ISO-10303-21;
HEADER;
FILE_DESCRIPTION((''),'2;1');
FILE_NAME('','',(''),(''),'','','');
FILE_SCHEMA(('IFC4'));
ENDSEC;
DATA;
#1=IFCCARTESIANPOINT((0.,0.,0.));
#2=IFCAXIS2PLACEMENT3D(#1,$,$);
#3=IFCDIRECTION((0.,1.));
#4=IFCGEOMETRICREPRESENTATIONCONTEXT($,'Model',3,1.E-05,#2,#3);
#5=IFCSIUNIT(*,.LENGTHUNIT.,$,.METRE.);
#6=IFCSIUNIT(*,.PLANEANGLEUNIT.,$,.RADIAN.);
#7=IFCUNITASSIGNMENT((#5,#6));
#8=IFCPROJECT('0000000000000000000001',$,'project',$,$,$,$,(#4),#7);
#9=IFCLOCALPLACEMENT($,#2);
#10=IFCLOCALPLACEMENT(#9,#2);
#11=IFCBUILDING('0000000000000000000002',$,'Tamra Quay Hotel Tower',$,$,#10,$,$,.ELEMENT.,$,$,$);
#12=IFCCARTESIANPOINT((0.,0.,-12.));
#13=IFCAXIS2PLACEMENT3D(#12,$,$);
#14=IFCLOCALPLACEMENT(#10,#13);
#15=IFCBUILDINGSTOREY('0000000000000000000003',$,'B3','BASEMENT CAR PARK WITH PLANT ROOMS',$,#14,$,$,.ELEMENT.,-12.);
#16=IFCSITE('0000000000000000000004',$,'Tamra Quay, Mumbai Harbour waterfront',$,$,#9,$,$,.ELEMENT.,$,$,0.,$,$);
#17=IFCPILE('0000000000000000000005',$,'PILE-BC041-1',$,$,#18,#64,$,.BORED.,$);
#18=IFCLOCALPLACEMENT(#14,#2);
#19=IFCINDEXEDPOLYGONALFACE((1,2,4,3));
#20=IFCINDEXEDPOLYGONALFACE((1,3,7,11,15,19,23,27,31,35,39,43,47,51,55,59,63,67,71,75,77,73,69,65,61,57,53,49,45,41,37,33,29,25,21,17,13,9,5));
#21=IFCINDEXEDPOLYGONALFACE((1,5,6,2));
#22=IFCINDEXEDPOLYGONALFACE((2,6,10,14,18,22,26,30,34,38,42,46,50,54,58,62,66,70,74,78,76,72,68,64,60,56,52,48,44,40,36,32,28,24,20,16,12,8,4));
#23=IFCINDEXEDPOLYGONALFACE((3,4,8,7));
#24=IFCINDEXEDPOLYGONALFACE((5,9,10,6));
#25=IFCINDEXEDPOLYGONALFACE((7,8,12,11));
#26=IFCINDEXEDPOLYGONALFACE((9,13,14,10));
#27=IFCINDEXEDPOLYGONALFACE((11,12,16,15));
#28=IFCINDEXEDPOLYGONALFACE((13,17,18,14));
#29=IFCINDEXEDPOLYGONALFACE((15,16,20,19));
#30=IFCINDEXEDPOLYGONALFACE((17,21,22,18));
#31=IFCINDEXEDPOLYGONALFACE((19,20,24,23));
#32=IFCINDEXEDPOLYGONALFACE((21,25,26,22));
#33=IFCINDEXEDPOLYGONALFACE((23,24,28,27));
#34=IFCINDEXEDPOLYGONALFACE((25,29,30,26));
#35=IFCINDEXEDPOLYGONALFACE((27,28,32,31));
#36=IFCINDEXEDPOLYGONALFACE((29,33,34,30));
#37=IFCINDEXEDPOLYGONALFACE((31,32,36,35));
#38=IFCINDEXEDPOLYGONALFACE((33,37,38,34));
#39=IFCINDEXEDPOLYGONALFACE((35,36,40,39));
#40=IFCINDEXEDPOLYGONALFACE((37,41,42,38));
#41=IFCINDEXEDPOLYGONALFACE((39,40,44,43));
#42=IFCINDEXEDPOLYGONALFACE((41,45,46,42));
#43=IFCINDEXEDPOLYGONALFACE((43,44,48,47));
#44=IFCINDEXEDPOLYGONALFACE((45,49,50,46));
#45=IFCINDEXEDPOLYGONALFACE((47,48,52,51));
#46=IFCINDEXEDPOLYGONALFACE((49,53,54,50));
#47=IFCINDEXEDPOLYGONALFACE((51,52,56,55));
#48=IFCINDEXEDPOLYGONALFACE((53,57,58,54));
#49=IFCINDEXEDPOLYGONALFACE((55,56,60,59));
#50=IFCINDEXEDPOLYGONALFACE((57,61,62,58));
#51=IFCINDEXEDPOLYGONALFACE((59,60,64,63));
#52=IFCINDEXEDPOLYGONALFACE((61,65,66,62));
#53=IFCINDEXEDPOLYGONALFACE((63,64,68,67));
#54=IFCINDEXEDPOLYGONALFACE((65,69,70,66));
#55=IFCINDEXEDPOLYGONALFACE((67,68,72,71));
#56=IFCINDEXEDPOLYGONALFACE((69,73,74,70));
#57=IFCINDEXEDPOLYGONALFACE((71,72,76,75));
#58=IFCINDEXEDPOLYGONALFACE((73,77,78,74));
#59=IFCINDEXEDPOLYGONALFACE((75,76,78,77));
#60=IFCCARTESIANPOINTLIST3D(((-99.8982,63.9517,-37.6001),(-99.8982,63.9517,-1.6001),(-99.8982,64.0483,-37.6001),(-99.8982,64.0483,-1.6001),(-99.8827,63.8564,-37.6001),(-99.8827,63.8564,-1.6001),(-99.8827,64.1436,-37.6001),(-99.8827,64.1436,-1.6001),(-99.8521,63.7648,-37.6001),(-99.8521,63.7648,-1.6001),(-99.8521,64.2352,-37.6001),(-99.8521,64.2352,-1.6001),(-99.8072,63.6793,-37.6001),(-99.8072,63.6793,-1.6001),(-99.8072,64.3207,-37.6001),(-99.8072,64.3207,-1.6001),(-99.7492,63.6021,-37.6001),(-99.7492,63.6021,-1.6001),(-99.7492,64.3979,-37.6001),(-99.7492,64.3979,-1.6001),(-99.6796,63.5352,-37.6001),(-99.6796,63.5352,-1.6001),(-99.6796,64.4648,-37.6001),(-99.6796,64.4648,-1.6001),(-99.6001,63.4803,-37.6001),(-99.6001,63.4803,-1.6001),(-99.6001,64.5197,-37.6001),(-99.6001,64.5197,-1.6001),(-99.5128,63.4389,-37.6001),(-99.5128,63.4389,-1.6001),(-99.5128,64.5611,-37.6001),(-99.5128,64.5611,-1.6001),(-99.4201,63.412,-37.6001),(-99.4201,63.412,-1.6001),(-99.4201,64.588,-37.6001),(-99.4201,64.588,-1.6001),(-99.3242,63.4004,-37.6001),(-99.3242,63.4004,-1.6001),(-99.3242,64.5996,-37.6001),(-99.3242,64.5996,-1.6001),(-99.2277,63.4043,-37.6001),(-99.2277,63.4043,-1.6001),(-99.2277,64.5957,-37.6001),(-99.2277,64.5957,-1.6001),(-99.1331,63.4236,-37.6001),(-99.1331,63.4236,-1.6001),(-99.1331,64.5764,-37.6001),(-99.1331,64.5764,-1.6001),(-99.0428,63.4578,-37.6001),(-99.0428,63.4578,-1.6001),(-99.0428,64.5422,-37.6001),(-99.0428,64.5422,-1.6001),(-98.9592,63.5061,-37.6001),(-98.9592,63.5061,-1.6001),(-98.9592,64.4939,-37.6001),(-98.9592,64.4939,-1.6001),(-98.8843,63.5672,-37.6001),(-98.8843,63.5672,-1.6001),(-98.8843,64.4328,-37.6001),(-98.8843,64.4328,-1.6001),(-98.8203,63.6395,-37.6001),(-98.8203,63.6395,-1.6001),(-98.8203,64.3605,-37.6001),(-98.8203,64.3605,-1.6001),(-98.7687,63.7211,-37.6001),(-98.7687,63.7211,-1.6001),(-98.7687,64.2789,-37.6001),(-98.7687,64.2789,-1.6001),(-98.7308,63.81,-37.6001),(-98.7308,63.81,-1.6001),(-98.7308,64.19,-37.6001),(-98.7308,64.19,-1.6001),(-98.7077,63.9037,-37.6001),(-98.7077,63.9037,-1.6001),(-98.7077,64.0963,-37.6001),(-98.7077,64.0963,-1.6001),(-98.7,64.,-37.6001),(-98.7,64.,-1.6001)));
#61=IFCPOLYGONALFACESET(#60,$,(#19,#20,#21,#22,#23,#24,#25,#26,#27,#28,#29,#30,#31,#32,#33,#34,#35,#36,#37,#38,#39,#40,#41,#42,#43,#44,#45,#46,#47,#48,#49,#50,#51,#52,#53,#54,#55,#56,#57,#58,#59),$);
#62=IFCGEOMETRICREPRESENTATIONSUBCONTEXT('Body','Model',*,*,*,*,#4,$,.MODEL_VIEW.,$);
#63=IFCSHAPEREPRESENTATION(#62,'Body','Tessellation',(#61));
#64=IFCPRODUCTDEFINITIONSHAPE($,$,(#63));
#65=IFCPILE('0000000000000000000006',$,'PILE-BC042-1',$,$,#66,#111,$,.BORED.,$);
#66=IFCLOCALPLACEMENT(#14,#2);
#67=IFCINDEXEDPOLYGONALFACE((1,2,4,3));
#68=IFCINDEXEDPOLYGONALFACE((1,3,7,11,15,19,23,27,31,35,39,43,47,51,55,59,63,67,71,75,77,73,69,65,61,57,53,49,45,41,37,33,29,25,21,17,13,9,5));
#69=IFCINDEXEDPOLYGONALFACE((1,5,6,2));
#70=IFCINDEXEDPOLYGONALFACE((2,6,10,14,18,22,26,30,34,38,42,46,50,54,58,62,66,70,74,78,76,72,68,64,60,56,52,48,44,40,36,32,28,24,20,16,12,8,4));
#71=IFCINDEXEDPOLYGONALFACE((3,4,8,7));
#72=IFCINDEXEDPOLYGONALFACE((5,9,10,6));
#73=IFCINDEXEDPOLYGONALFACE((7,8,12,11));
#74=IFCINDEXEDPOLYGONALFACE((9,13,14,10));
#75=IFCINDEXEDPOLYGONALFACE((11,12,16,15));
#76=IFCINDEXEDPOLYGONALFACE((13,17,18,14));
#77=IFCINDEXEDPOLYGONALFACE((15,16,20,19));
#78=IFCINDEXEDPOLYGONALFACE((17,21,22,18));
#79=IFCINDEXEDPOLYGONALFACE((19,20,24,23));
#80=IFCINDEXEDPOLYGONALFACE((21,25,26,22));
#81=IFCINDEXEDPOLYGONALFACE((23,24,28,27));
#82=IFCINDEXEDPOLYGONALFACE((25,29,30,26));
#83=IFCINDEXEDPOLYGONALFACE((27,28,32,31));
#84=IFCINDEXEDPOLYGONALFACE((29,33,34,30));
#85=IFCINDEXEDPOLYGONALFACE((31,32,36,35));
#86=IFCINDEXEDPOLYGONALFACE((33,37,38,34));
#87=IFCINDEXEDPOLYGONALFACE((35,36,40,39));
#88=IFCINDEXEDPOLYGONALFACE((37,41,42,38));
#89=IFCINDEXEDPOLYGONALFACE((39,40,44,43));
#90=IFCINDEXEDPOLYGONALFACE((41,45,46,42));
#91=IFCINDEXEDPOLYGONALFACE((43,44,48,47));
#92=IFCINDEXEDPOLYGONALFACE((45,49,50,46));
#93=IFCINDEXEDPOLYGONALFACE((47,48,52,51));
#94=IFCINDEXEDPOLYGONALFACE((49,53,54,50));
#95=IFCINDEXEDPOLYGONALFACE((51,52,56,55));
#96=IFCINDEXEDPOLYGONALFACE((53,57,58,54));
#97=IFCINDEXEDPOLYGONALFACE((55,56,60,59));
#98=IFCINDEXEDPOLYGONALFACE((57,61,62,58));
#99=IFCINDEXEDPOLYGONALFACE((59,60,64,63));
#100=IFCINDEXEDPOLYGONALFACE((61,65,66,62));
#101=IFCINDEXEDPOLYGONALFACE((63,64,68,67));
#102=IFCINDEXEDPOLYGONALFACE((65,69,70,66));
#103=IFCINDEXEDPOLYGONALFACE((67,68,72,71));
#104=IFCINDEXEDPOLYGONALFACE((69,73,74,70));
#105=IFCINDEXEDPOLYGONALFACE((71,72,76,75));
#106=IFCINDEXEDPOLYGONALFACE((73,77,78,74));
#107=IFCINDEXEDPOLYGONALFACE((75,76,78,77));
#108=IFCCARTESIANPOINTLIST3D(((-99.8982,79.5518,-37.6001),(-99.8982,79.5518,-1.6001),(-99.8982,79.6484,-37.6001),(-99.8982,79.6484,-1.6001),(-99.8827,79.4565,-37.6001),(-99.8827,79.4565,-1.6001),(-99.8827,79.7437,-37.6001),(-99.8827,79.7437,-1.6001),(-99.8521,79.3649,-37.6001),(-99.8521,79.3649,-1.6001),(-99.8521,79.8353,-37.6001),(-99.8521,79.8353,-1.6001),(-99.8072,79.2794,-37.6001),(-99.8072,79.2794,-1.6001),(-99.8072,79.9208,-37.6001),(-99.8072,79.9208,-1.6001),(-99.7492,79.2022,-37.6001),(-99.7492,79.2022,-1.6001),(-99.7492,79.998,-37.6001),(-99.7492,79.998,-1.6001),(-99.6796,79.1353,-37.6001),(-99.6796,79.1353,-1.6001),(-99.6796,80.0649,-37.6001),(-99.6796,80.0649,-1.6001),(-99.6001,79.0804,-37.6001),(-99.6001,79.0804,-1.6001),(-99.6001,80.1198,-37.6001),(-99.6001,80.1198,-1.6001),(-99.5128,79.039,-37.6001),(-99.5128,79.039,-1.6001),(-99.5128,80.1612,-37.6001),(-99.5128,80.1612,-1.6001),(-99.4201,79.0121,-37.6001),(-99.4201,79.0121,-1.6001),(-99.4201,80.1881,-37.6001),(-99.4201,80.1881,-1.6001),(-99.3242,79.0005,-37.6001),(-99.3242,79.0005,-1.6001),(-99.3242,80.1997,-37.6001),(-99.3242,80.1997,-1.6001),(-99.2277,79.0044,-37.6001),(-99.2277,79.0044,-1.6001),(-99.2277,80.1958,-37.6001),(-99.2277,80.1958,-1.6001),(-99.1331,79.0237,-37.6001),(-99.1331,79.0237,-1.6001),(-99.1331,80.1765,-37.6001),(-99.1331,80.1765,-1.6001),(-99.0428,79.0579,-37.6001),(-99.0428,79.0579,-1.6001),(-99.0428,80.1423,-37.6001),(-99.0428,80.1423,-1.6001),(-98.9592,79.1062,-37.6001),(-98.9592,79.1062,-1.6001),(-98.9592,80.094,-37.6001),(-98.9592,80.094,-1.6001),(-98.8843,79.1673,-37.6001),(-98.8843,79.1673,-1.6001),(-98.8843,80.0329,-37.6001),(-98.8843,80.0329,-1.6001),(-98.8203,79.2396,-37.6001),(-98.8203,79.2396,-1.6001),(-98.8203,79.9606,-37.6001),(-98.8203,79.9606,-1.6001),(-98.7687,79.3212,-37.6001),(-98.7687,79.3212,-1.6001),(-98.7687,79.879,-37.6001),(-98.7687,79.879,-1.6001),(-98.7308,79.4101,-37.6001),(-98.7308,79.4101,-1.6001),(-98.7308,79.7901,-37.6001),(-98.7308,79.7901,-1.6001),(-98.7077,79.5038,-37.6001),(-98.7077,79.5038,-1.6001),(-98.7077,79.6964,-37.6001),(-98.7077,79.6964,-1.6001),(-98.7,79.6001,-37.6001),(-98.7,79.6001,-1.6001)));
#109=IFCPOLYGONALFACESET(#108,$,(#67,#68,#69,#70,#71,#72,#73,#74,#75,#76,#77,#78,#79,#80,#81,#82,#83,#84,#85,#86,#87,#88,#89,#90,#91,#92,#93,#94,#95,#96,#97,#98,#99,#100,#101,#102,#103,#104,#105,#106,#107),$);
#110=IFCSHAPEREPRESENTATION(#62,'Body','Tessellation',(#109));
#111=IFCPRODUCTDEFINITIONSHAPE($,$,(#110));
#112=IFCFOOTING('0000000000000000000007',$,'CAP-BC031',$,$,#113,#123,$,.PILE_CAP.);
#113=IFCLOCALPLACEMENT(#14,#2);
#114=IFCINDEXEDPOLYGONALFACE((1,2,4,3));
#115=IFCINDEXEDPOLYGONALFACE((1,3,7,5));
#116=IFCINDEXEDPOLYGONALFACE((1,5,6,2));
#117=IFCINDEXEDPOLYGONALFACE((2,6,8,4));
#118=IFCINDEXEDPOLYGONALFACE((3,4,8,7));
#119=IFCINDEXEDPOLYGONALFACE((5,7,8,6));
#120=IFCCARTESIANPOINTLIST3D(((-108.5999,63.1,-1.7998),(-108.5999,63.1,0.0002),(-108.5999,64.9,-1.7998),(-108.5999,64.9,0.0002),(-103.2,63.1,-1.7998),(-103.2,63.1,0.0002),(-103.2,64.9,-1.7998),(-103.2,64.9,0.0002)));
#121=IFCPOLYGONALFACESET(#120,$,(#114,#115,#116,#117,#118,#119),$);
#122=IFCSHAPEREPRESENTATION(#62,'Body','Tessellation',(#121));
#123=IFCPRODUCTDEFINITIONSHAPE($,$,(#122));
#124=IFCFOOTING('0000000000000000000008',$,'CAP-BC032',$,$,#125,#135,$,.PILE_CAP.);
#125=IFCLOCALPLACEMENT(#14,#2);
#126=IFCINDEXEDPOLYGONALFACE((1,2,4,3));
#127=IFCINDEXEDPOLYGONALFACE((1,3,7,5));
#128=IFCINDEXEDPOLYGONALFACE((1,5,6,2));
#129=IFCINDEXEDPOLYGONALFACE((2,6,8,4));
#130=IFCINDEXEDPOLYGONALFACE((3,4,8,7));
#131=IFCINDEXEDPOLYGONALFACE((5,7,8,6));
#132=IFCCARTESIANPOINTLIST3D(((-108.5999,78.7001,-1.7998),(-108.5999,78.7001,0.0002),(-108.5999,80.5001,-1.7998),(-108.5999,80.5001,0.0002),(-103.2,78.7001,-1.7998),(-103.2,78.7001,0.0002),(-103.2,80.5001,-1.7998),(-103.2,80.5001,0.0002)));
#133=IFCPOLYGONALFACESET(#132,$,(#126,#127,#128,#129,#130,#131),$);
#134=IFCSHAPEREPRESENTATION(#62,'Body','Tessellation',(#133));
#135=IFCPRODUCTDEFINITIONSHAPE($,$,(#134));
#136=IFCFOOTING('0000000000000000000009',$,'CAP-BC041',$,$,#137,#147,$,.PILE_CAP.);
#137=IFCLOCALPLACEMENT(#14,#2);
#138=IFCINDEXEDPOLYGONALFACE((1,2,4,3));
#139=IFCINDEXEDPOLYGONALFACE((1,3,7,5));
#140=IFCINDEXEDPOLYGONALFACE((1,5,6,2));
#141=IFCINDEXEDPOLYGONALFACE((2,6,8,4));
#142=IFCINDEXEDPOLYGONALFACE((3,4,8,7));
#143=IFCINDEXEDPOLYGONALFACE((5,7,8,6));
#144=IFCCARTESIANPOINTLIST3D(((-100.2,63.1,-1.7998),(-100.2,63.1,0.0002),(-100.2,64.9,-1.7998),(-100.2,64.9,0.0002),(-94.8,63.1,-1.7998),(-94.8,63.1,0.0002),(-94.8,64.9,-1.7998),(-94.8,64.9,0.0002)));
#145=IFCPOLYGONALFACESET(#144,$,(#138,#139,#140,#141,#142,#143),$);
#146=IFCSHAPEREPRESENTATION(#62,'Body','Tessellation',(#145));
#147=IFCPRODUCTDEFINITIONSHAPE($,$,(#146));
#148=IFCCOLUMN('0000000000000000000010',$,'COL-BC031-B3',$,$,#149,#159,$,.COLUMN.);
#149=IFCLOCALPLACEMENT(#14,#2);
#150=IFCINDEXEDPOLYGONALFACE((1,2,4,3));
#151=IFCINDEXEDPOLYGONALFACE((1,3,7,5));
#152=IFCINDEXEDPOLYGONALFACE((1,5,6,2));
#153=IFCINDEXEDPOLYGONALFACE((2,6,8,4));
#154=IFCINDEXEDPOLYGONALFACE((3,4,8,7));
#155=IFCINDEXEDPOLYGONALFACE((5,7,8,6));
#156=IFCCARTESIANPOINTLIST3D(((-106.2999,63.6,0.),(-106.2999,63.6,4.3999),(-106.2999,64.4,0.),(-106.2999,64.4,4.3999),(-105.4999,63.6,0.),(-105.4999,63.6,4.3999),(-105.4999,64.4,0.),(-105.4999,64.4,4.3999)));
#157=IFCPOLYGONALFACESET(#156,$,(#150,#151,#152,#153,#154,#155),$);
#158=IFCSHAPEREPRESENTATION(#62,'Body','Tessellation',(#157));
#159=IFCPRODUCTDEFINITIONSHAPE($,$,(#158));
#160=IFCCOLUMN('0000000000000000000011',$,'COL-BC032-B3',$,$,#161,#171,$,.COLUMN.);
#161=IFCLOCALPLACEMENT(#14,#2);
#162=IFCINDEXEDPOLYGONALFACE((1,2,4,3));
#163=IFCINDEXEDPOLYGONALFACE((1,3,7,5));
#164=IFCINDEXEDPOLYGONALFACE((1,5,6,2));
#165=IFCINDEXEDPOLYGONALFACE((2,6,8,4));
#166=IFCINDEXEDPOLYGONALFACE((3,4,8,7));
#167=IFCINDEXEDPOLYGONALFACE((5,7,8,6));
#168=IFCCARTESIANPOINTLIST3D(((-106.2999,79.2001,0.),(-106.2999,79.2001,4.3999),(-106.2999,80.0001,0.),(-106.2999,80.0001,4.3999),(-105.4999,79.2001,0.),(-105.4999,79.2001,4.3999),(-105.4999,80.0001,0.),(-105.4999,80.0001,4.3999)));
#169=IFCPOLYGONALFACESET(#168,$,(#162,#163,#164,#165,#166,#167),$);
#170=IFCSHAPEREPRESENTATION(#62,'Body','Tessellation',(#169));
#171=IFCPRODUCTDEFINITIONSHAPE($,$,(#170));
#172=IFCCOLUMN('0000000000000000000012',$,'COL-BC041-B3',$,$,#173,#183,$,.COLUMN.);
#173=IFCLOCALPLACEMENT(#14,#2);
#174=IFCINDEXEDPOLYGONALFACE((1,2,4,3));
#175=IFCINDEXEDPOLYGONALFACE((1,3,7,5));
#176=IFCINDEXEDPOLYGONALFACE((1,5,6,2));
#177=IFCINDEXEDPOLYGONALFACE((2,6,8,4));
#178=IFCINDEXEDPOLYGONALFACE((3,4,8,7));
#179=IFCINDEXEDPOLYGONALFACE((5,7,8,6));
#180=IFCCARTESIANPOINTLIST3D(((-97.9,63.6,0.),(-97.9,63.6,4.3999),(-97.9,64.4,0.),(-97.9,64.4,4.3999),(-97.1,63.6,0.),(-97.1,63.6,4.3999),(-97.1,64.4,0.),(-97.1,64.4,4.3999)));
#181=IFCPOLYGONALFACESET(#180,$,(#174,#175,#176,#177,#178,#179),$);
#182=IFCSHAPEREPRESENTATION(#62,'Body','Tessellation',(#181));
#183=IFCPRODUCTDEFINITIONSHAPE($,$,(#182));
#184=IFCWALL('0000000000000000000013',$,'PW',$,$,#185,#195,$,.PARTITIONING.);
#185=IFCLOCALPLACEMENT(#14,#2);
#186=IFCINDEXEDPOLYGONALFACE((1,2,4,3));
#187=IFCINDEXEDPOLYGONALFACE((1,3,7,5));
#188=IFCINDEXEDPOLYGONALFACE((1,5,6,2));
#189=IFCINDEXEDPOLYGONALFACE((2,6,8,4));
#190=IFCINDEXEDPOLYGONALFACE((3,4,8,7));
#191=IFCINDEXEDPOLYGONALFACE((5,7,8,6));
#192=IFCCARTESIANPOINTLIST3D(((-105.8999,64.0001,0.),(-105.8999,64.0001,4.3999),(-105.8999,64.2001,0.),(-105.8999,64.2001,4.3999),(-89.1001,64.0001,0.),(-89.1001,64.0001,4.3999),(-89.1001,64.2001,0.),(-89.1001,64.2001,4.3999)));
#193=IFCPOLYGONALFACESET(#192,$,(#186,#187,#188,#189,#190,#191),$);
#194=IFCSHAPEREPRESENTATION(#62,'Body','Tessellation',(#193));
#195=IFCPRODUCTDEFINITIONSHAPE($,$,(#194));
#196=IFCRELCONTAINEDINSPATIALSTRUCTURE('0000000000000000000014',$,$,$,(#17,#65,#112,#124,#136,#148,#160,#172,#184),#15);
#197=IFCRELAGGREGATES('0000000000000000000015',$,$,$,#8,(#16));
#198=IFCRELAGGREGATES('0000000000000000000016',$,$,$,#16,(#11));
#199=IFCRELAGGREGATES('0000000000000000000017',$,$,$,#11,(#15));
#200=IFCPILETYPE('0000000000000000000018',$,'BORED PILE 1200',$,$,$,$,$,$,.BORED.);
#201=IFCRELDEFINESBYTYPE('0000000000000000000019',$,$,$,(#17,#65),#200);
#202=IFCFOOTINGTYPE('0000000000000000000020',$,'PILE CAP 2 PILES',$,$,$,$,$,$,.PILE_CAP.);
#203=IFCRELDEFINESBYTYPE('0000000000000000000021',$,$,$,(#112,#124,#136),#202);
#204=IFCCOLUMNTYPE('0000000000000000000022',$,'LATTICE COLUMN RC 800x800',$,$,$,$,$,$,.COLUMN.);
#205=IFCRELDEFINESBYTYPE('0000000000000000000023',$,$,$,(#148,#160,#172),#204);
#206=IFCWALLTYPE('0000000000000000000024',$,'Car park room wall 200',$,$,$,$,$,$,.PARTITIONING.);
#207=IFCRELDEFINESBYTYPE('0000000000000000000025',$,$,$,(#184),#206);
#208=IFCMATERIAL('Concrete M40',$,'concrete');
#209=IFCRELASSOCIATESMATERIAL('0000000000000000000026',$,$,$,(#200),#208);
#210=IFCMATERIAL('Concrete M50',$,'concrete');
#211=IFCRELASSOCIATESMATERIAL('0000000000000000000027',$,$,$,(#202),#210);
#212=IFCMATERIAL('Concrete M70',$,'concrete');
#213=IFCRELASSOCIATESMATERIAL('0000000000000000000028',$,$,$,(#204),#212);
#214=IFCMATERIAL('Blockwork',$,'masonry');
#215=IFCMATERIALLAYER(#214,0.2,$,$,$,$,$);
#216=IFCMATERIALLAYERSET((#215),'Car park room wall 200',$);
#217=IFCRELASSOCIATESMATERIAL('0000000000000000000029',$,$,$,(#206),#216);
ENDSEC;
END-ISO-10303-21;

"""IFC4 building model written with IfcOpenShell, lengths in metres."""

from ifc_helpers import new_model, si_unit, direction, frame, frame_2d, origin, origin_2d, place, context, subcontext, project, spatial, rectangle, circle, extrude, material, layer, layer_set, material_profile, profile_set, type_object, element, save


model = new_model("IFC4")

# Units and contexts
model_context = context("Model", 3, precision=1e-05, world=origin(), true_north=direction((0.0, 1.0)))
body_context = subcontext(model_context, "Body", "Model", "MODEL_VIEW")
ifc_project = project(units=[si_unit("LENGTHUNIT", "METRE"), si_unit("PLANEANGLEUNIT", "RADIAN")], contexts=[model_context])

# Site, building, storey
site_placement = place(None, origin())
site = spatial("IfcSite", under=ifc_project, at=site_placement, Name="Tamra Quay, Mumbai Harbour waterfront", CompositionType="ELEMENT", RefElevation=0.0)
building_placement = place(site_placement, origin())
building = spatial("IfcBuilding", under=site, at=building_placement, Name="Tamra Quay Hotel Tower", CompositionType="ELEMENT")
storey_placement = place(building_placement, frame((0.0, 0.0, -12.0)))
storey = spatial("IfcBuildingStorey", under=building, at=storey_placement, Name="B3", Description="BASEMENT CAR PARK WITH PLANT ROOMS", CompositionType="ELEMENT", Elevation=-12.0)

# Piles
ifc_material_1 = material(Name="Concrete M40", Category="concrete")
ifc_material_profile_1 = material_profile(ifc_material_1, circle(Radius=0.6001, at=origin_2d()), Name="BORED PILE 1200")
ifc_profile_set_1 = profile_set([ifc_material_profile_1], Name="Concrete M40")
pile_type = type_object("IfcPileType", Name="BORED PILE 1200", PredefinedType="BORED", material=ifc_profile_set_1)
for number, where, z_axis, x_axis, name in (
    (1, (-99.3, 64.0, -1.6001), (0.0, 0.0, -1.0), (1.0, 0.0, 0.0), "PILE-BC041-1"),
    (2, (-99.3, 79.6001, -1.6001), (0.0, 0.0, -1.0), (1.0, 0.0, 0.0), "PILE-BC042-1"),
):
    element("IfcPile", number, at=place(storey_placement, frame(where, z_axis=z_axis, x_axis=x_axis)), inside=storey, type_object=pile_type, Name=name, PredefinedType="BORED", context=body_context, shape_type="SweptSolid", body=[
        extrude(circle(Radius=0.6001, at=origin_2d()), origin(), (0.0, 0.0, 1.0), 36.0),
    ])

# Footings
ifc_material_2 = material(Name="Concrete M50", Category="concrete")
footing_type = type_object("IfcFootingType", Name="PILE CAP 2 PILES", PredefinedType="PILE_CAP", material=ifc_material_2)
for number, where, z_axis, x_axis, name in (
    (3, (-105.8999, 64.0, -1.7998), (0.0, 0.0, 1.0), (1.0, 0.0, 0.0), "CAP-BC031"),
    (4, (-105.8999, 79.6001, -1.7998), (0.0, 0.0, 1.0), (1.0, 0.0, 0.0), "CAP-BC032"),
    (5, (-97.5, 64.0, -1.7998), (0.0, 0.0, 1.0), (1.0, 0.0, 0.0), "CAP-BC041"),
):
    element("IfcFooting", number, at=place(storey_placement, frame(where, z_axis=z_axis, x_axis=x_axis)), inside=storey, type_object=footing_type, Name=name, PredefinedType="PILE_CAP", context=body_context, shape_type="SweptSolid", body=[
        extrude(rectangle(XDim=5.3999, YDim=1.8, at=origin_2d()), origin(), (0.0, 0.0, 1.0), 1.8),
    ])

# Columns
ifc_material_3 = material(Name="Concrete M70", Category="concrete")
ifc_material_profile_2 = material_profile(ifc_material_3, rectangle(XDim=0.8, YDim=0.8, at=origin_2d()), Name="LATTICE COLUMN RC 800x800")
ifc_profile_set_2 = profile_set([ifc_material_profile_2], Name="Concrete M70")
column_type = type_object("IfcColumnType", Name="LATTICE COLUMN RC 800x800", PredefinedType="COLUMN", material=ifc_profile_set_2)
for number, where, z_axis, x_axis, name in (
    (6, (-105.8999, 64.0, 0.0), (0.0, 0.0, 1.0), (1.0, 0.0, 0.0), "COL-BC031-B3"),
    (7, (-105.8999, 79.6001, 0.0), (0.0, 0.0, 1.0), (1.0, 0.0, 0.0), "COL-BC032-B3"),
    (8, (-97.5, 64.0, 0.0), (0.0, 0.0, 1.0), (1.0, 0.0, 0.0), "COL-BC041-B3"),
):
    element("IfcColumn", number, at=place(storey_placement, frame(where, z_axis=z_axis, x_axis=x_axis)), inside=storey, type_object=column_type, Name=name, PredefinedType="COLUMN", context=body_context, shape_type="SweptSolid", body=[
        extrude(rectangle(XDim=0.8, YDim=0.8, at=origin_2d()), origin(), (0.0, 0.0, 1.0), 4.3999),
    ])

# Wall
ifc_material_4 = material(Name="Blockwork", Category="masonry")
ifc_layer_1 = layer(ifc_material_4, 0.2)
ifc_layer_set_1 = layer_set([ifc_layer_1], Name="Car park room wall 200")
wall_type_1 = type_object("IfcWallType", Name="Car park room wall 200", PredefinedType="PARTITIONING", material=ifc_layer_set_1)
wall_1_placement = place(storey_placement, frame((-105.8999, 64.1001, 0.0), z_axis=(0.0, 0.0, 1.0), x_axis=(1.0, 0.0, 0.0)))
element("IfcWall", 9, at=wall_1_placement, inside=storey, type_object=wall_type_1, Name="PW", PredefinedType="PARTITIONING", context=body_context, shape_type="SweptSolid", body=[
    extrude(rectangle(XDim=16.7998, YDim=0.2, at=frame_2d((8.3999, 0.0))), origin(), (0.0, 0.0, 1.0), 4.3999),
])

save(model, "model.ifc")
